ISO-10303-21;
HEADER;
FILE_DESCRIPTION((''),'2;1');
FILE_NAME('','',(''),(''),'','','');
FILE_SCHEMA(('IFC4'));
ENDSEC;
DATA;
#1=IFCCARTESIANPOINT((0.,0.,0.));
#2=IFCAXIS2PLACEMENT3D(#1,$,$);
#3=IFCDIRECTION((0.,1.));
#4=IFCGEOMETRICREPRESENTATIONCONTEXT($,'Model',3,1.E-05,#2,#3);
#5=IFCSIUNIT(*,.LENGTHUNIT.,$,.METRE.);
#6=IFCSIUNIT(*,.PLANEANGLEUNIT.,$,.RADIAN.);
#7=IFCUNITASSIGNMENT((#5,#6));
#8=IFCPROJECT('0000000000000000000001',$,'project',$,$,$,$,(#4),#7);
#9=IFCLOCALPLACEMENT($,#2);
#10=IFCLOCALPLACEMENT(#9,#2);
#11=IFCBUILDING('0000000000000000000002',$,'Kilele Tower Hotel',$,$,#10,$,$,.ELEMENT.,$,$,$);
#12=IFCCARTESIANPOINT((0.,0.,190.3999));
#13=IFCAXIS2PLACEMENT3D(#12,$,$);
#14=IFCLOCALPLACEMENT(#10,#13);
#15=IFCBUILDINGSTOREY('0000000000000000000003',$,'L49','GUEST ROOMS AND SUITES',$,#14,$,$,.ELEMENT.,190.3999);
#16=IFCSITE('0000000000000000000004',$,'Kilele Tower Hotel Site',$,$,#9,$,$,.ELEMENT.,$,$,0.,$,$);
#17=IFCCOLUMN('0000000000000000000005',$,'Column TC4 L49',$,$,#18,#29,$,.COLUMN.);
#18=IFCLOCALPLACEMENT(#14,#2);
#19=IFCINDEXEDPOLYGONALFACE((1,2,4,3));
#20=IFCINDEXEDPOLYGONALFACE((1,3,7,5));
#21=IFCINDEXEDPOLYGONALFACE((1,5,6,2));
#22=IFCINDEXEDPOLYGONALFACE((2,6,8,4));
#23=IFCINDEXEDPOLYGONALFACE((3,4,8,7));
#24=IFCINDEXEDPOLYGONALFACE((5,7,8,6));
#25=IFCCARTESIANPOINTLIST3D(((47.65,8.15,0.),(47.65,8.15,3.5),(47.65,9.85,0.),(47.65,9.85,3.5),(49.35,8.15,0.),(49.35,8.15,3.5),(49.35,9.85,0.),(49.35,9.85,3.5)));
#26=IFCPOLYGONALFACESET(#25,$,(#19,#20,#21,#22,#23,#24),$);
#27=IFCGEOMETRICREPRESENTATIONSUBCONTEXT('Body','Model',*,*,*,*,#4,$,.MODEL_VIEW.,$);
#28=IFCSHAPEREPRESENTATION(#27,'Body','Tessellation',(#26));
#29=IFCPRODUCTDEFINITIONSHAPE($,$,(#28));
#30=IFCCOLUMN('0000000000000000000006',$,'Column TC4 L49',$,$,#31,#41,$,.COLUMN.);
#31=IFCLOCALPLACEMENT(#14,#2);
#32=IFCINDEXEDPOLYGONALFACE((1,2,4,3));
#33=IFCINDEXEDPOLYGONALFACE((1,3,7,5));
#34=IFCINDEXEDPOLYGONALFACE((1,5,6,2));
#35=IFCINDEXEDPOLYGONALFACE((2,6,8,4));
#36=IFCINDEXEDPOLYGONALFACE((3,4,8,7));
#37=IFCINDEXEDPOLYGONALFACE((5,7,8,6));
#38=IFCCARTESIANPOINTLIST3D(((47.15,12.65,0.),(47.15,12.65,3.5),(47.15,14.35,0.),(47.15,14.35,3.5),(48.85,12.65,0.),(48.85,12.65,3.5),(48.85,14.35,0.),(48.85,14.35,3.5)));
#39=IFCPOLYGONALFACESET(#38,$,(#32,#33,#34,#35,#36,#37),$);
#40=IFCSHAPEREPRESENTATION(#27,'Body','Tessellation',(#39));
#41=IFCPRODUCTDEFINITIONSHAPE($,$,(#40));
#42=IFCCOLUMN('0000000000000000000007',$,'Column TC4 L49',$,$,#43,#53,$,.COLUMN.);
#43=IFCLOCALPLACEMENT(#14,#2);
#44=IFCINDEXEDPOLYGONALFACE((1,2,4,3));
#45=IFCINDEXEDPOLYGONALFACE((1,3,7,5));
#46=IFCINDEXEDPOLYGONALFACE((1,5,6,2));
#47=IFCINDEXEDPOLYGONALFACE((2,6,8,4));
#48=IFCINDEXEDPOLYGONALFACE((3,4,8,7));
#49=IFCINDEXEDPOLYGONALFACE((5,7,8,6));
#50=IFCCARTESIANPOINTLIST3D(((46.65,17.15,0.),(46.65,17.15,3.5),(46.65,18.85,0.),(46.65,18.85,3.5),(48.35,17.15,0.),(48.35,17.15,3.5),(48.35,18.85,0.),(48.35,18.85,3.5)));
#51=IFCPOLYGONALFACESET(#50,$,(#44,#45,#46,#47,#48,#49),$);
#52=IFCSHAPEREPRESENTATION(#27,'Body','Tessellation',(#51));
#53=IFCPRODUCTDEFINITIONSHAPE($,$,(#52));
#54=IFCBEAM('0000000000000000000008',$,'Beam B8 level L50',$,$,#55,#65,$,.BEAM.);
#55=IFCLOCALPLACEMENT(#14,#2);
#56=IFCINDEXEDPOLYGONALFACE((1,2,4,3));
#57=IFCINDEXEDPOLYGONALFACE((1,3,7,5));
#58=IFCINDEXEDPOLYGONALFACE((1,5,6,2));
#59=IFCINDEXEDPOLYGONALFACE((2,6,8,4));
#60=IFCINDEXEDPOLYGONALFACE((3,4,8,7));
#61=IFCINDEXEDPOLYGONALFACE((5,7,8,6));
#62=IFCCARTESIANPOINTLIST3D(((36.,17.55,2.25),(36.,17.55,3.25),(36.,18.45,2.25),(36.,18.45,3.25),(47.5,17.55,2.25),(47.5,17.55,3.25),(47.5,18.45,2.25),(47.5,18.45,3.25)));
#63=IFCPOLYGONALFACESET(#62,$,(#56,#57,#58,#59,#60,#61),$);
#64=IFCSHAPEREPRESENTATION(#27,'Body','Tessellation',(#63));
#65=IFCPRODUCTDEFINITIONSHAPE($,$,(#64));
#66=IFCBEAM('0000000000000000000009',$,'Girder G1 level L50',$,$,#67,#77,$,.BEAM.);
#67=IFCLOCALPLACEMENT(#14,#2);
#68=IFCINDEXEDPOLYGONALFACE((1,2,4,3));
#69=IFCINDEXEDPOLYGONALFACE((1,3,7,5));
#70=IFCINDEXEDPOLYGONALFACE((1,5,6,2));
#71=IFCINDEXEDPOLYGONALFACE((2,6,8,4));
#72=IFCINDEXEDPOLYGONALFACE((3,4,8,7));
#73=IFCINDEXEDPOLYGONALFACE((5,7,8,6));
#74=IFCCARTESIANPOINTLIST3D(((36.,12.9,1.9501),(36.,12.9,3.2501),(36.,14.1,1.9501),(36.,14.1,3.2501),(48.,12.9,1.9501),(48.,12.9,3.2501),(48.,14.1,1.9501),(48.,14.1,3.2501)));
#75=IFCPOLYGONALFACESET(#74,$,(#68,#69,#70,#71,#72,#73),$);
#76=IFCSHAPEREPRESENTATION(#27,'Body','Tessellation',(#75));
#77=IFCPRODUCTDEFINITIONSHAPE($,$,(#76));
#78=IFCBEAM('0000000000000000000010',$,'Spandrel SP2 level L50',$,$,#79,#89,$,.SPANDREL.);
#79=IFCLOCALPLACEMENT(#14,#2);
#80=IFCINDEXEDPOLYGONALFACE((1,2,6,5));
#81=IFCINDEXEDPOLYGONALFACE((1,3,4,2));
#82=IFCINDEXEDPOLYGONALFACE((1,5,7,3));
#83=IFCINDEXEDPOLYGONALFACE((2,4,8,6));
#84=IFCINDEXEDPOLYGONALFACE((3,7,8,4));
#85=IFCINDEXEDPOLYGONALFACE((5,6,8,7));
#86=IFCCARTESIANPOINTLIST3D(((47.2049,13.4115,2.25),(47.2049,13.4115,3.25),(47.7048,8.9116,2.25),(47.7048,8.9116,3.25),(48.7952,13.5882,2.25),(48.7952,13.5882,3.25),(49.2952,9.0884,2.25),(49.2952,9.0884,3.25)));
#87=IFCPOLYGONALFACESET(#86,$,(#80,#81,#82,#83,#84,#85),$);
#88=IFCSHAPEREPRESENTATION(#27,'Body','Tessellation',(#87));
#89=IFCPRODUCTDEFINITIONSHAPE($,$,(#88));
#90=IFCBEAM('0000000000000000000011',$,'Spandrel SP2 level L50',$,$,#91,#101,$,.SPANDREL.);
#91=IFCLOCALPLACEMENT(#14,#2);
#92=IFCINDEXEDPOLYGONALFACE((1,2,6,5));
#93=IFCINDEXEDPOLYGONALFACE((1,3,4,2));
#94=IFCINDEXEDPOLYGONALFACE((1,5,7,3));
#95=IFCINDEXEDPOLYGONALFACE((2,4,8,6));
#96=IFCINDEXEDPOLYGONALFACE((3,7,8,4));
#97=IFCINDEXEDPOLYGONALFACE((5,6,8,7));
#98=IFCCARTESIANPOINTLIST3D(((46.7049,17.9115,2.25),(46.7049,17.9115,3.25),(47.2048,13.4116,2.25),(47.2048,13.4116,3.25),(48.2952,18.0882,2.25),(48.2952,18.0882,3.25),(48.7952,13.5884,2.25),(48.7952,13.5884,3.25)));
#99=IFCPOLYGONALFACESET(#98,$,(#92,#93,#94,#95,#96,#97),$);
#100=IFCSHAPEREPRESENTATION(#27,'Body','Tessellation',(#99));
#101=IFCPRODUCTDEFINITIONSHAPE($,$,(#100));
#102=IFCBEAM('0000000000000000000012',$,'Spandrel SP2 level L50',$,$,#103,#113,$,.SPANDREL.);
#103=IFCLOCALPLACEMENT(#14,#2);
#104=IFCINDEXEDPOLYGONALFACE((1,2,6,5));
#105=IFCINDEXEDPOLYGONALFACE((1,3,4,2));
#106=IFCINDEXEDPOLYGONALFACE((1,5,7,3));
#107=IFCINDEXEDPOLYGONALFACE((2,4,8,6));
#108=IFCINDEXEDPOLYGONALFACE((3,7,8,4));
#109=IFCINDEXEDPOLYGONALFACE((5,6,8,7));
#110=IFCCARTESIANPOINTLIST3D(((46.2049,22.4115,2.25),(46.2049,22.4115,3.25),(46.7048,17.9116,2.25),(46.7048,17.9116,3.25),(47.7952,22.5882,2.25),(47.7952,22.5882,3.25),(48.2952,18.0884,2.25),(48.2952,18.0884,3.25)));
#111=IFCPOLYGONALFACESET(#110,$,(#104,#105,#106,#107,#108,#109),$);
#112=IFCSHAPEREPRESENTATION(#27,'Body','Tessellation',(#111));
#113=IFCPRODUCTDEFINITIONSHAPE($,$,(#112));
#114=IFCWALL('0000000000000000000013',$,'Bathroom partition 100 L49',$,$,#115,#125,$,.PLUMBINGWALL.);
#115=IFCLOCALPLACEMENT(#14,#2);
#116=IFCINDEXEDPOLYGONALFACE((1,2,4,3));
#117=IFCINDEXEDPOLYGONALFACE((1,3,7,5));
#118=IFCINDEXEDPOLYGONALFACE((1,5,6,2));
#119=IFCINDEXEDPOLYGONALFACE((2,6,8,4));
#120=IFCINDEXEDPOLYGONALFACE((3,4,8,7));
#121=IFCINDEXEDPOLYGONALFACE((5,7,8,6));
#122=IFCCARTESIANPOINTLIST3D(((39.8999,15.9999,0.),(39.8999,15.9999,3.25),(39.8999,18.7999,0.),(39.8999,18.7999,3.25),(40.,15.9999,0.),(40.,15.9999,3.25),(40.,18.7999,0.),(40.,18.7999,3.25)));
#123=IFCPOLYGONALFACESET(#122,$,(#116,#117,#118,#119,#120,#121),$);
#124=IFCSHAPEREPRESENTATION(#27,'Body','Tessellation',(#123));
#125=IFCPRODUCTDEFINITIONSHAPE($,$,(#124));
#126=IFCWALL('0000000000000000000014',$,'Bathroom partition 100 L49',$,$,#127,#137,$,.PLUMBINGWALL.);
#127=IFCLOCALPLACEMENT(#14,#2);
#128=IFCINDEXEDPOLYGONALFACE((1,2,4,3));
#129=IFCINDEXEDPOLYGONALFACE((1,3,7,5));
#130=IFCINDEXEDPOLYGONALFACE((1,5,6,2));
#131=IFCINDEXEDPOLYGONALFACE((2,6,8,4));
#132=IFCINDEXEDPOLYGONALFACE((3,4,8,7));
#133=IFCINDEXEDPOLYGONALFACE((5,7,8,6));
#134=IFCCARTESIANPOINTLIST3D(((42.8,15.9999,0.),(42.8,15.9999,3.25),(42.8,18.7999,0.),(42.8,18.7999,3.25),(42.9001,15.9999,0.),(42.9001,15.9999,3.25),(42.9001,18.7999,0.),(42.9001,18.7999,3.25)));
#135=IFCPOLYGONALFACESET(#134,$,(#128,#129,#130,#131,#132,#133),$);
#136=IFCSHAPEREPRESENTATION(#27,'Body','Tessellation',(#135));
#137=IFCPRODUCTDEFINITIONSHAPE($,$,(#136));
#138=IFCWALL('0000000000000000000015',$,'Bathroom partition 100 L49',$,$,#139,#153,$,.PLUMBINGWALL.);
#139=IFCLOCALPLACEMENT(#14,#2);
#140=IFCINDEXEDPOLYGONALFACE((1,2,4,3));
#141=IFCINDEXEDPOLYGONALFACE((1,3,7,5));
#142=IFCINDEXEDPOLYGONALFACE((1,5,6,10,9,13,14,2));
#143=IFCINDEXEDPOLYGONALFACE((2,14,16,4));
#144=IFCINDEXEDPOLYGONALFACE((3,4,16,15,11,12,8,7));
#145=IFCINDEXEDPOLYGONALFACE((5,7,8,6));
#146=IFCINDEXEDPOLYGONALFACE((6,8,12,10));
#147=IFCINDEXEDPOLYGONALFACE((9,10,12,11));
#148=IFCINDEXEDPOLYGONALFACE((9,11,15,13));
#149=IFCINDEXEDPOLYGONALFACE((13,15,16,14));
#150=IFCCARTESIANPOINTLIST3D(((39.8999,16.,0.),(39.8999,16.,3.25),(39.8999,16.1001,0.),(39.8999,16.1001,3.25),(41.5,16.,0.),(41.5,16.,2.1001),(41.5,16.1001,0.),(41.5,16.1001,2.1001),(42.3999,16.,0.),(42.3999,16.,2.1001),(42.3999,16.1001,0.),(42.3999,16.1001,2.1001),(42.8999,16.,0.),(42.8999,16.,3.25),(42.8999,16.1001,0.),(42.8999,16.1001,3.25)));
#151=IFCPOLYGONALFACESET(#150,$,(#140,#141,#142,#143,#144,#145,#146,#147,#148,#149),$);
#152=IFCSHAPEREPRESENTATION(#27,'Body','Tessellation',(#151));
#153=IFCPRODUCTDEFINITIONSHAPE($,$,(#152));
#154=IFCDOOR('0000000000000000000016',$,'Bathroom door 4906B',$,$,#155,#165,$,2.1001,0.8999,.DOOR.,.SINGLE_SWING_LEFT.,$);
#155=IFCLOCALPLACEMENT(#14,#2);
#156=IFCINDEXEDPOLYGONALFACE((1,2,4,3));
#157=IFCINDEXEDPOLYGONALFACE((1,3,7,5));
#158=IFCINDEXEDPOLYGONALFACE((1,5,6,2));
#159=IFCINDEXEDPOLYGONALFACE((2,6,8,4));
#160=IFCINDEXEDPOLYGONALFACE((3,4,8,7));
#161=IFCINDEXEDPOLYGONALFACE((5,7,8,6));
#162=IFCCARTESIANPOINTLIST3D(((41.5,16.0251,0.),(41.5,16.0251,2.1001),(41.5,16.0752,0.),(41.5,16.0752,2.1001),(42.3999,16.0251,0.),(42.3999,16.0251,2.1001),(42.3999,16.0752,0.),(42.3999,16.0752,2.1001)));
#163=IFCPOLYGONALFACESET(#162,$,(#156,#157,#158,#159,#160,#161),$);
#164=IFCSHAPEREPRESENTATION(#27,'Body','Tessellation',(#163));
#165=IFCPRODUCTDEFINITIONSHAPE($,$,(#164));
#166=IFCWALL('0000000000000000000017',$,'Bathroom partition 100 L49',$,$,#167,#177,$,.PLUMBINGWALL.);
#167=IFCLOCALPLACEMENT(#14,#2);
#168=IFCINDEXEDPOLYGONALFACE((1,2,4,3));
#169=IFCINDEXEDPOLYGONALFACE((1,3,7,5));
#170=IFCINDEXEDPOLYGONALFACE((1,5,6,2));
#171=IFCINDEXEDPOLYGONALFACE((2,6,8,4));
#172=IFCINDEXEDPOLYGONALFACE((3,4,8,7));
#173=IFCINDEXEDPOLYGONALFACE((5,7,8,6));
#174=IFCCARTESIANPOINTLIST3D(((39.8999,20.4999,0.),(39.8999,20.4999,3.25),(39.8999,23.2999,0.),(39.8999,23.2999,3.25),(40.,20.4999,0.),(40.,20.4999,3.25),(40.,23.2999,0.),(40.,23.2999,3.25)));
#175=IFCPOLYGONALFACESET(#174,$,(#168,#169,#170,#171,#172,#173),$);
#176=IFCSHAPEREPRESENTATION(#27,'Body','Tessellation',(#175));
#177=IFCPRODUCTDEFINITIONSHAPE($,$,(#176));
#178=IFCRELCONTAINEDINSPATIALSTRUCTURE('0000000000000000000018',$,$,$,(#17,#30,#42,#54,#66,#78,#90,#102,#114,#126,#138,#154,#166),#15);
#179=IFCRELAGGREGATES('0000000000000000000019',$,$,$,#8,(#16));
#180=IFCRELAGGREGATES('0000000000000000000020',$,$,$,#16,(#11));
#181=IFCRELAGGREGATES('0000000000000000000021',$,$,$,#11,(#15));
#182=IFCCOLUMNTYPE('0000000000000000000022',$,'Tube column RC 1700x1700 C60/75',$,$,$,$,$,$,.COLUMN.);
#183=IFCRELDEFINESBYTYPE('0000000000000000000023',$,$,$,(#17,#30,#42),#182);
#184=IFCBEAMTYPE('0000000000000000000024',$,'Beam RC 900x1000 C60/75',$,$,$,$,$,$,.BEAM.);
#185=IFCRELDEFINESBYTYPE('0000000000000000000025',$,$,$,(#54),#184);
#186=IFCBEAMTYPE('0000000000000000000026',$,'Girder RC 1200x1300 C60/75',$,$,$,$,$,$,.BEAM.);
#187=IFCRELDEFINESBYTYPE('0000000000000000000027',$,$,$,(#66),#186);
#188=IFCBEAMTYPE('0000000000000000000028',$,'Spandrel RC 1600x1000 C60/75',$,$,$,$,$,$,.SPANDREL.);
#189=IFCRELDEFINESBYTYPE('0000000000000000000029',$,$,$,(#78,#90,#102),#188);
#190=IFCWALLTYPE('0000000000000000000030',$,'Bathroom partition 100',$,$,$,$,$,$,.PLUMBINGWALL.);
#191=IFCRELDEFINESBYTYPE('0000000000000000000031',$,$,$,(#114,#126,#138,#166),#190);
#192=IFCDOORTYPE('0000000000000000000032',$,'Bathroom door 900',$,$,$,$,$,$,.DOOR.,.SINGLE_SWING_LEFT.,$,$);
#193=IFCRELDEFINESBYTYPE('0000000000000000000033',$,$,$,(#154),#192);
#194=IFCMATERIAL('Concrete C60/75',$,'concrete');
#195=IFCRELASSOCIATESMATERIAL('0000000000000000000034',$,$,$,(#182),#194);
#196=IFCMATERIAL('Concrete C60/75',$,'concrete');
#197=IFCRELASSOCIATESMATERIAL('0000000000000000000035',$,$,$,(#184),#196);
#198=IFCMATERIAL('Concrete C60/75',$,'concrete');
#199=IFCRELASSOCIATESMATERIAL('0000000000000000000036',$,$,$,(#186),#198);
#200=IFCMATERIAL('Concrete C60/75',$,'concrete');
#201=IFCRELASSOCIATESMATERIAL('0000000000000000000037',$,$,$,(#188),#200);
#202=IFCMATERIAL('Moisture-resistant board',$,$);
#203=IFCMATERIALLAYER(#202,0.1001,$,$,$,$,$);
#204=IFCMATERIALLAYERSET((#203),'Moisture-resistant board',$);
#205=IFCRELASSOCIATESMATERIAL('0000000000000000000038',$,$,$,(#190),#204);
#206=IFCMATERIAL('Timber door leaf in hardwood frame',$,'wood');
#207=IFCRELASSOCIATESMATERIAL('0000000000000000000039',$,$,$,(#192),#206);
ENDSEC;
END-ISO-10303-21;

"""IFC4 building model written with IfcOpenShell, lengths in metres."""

from ifc_helpers import new_model, si_unit, direction, frame, frame_2d, origin, origin_2d, place, context, subcontext, project, spatial, rectangle, extrude, material, layer, layer_set, material_profile, profile_set, type_object, element, fill, save


model = new_model("IFC4")

# Units and contexts
model_context = context("Model", 3, precision=1e-05, world=origin(), true_north=direction((0.0, 1.0)))
body_context = subcontext(model_context, "Body", "Model", "MODEL_VIEW")
ifc_project = project(units=[si_unit("LENGTHUNIT", "METRE"), si_unit("PLANEANGLEUNIT", "RADIAN")], contexts=[model_context])

# Site, building, storey
site_placement = place(None, origin())
site = spatial("IfcSite", under=ifc_project, at=site_placement, Name="Kilele Tower Hotel Site", CompositionType="ELEMENT", RefElevation=0.0)
building_placement = place(site_placement, origin())
building = spatial("IfcBuilding", under=site, at=building_placement, Name="Kilele Tower Hotel", CompositionType="ELEMENT")
storey_placement = place(building_placement, frame((0.0, 0.0, 190.3999)))
storey = spatial("IfcBuildingStorey", under=building, at=storey_placement, Name="L49", Description="GUEST ROOMS AND SUITES", CompositionType="ELEMENT", Elevation=190.3999)

# Columns
ifc_material_1 = material(Name="Concrete C60/75", Category="concrete")
ifc_material_profile_1 = material_profile(ifc_material_1, rectangle(XDim=1.7, YDim=1.7, at=origin_2d()))
ifc_profile_set_1 = profile_set([ifc_material_profile_1], Name="Concrete C60/75")
column_type = type_object("IfcColumnType", Name="Tube column RC 1700x1700 C60/75", PredefinedType="COLUMN", material=ifc_profile_set_1)
for number, where, z_axis, x_axis, name in (
    (1, (48.5, 9.0, 0.0), (0.0, 0.0, 1.0), (1.0, 0.0, 0.0), "Column TC4 L49"),
    (2, (48.0, 13.5, 0.0), (0.0, 0.0, 1.0), (1.0, 0.0, 0.0), "Column TC4 L49"),
    (3, (47.5, 18.0, 0.0), (0.0, 0.0, 1.0), (1.0, 0.0, 0.0), "Column TC4 L49"),
):
    element("IfcColumn", number, at=place(storey_placement, frame(where, z_axis=z_axis, x_axis=x_axis)), inside=storey, type_object=column_type, Name=name, PredefinedType="COLUMN", context=body_context, shape_type="SweptSolid", body=[
        extrude(rectangle(XDim=1.7, YDim=1.7, at=origin_2d()), origin(), (0.0, 0.0, 1.0), 3.5),
    ])

# Beams
ifc_material_2 = material(Name="Concrete C60/75", Category="concrete")
ifc_material_profile_2 = material_profile(ifc_material_2, rectangle(XDim=0.8999, YDim=1.0, at=origin_2d()))
ifc_profile_set_2 = profile_set([ifc_material_profile_2], Name="Concrete C60/75")
beam_type_1 = type_object("IfcBeamType", Name="Beam RC 900x1000 C60/75", PredefinedType="BEAM", material=ifc_profile_set_2)
beam_1_placement = place(storey_placement, frame((47.5, 18.0, 2.75), z_axis=(-1.0, 0.0, 0.0), x_axis=(0.0, -1.0, 0.0)))
element("IfcBeam", 4, at=beam_1_placement, inside=storey, type_object=beam_type_1, Name="Beam B8 level L50", PredefinedType="BEAM", context=body_context, shape_type="SweptSolid", body=[
    extrude(rectangle(XDim=0.8999, YDim=1.0, at=origin_2d()), origin(), (0.0, 0.0, 1.0), 11.5),
])
ifc_material_3 = material(Name="Concrete C60/75", Category="concrete")
ifc_material_profile_3 = material_profile(ifc_material_3, rectangle(XDim=1.2, YDim=1.3, at=origin_2d()))
ifc_profile_set_3 = profile_set([ifc_material_profile_3], Name="Concrete C60/75")
beam_type_2 = type_object("IfcBeamType", Name="Girder RC 1200x1300 C60/75", PredefinedType="BEAM", material=ifc_profile_set_3)
beam_2_placement = place(storey_placement, frame((48.0, 13.5, 2.6001), z_axis=(-1.0, 0.0, 0.0), x_axis=(0.0, -1.0, 0.0)))
element("IfcBeam", 5, at=beam_2_placement, inside=storey, type_object=beam_type_2, Name="Girder G1 level L50", PredefinedType="BEAM", context=body_context, shape_type="SweptSolid", body=[
    extrude(rectangle(XDim=1.2, YDim=1.3, at=origin_2d()), origin(), (0.0, 0.0, 1.0), 12.0),
])
ifc_material_4 = material(Name="Concrete C60/75", Category="concrete")
ifc_material_profile_4 = material_profile(ifc_material_4, rectangle(XDim=1.6001, YDim=1.0, at=origin_2d()))
ifc_profile_set_4 = profile_set([ifc_material_profile_4], Name="Concrete C60/75")
beam_type_3 = type_object("IfcBeamType", Name="Spandrel RC 1600x1000 C60/75", PredefinedType="SPANDREL", material=ifc_profile_set_4)
for number, where, z_axis, x_axis, name in (
    (6, (48.5, 9.0, 2.75), (-0.110432, 0.993884, 0.0), (-0.993884, -0.110432, 0.0), "Spandrel SP2 level L50"),
    (7, (48.0, 13.5, 2.75), (-0.110432, 0.993884, 0.0), (-0.993884, -0.110432, 0.0), "Spandrel SP2 level L50"),
    (8, (47.5, 18.0, 2.75), (-0.110432, 0.993884, 0.0), (-0.993884, -0.110432, 0.0), "Spandrel SP2 level L50"),
):
    element("IfcBeam", number, at=place(storey_placement, frame(where, z_axis=z_axis, x_axis=x_axis)), inside=storey, type_object=beam_type_3, Name=name, PredefinedType="SPANDREL", context=body_context, shape_type="SweptSolid", body=[
        extrude(rectangle(XDim=1.6001, YDim=1.0, at=origin_2d()), origin(), (0.0, 0.0, 1.0), 4.5276),
    ])

# Walls
ifc_material_5 = material(Name="Moisture-resistant board")
ifc_layer_1 = layer(ifc_material_5, 0.1001)
ifc_layer_set_1 = layer_set([ifc_layer_1], Name="Moisture-resistant board")
wall_type_1 = type_object("IfcWallType", Name="Bathroom partition 100", PredefinedType="PLUMBINGWALL", material=ifc_layer_set_1)
for number, where, z_axis, x_axis, name in (
    (9, (39.95, 16.0, 0.0), (0.0, 0.0, 1.0), (0.0, 1.0, 0.0), "Bathroom partition 100 L49"),
    (10, (42.8501, 16.0, 0.0), (0.0, 0.0, 1.0), (0.0, 1.0, 0.0), "Bathroom partition 100 L49"),
):
    element("IfcWall", number, at=place(storey_placement, frame(where, z_axis=z_axis, x_axis=x_axis)), inside=storey, type_object=wall_type_1, Name=name, PredefinedType="PLUMBINGWALL", context=body_context, shape_type="SweptSolid", body=[
        extrude(rectangle(XDim=2.8, YDim=0.1001, at=frame_2d((1.3999, 0.0))), origin(), (0.0, 0.0, 1.0), 3.25),
    ])

# Wall, opening, door
wall_1_placement = place(storey_placement, frame((39.8999, 16.05, 0.0), z_axis=(0.0, 0.0, 1.0), x_axis=(1.0, 0.0, 0.0)))
wall_1 = element("IfcWall", 11, at=wall_1_placement, inside=storey, type_object=wall_type_1, Name="Bathroom partition 100 L49", PredefinedType="PLUMBINGWALL", context=body_context, shape_type="SweptSolid", body=[
    extrude(rectangle(XDim=3.0, YDim=0.1001, at=frame_2d((1.5, 0.0))), origin(), (0.0, 0.0, 1.0), 3.25),
])
opening_1_placement = place(wall_1_placement, frame((2.5, 0.0, 0.0), z_axis=(0.0, 0.0, 1.0), x_axis=(-1.0, 0.0, 0.0)))
opening_1 = element("IfcOpeningElement", 12, at=opening_1_placement, cuts=wall_1, PredefinedType="OPENING", context=body_context, shape_type="SweptSolid", body=[
    extrude(rectangle(XDim=0.8999, YDim=2.1001, at=frame_2d((0.45, 1.05))), frame((0.0, 0.0601, 0.0), z_axis=(0.0, -1.0, 0.0), x_axis=(1.0, 0.0, 0.0)), (0.0, 0.0, 1.0), 0.1201),
])
ifc_material_6 = material(Name="Timber door leaf in hardwood frame", Category="wood")
door_type_1 = type_object("IfcDoorType", Name="Bathroom door 900", OperationType="SINGLE_SWING_LEFT", PredefinedType="DOOR", material=ifc_material_6)
door_1_placement = place(opening_1_placement, origin())
door_1 = element("IfcDoor", 13, at=door_1_placement, inside=storey, type_object=door_type_1, Name="Bathroom door 4906B", OperationType="SINGLE_SWING_LEFT", OverallHeight=2.1001, OverallWidth=0.8999, PredefinedType="DOOR", context=body_context, shape_type="SweptSolid", body=[
    extrude(rectangle(XDim=0.8999, YDim=2.1001, at=frame_2d((0.45, 1.05))), frame((0.0, 0.0249, 0.0), z_axis=(0.0, -1.0, 0.0), x_axis=(1.0, 0.0, 0.0)), (0.0, 0.0, 1.0), 0.05),
])
fill(opening_1, door_1)

# Wall
wall_2_placement = place(storey_placement, frame((39.95, 20.5, 0.0), z_axis=(0.0, 0.0, 1.0), x_axis=(0.0, 1.0, 0.0)))
element("IfcWall", 14, at=wall_2_placement, inside=storey, type_object=wall_type_1, Name="Bathroom partition 100 L49", PredefinedType="PLUMBINGWALL", context=body_context, shape_type="SweptSolid", body=[
    extrude(rectangle(XDim=2.8, YDim=0.1001, at=frame_2d((1.3999, 0.0))), origin(), (0.0, 0.0, 1.0), 3.25),
])

save(model, "model.ifc")
